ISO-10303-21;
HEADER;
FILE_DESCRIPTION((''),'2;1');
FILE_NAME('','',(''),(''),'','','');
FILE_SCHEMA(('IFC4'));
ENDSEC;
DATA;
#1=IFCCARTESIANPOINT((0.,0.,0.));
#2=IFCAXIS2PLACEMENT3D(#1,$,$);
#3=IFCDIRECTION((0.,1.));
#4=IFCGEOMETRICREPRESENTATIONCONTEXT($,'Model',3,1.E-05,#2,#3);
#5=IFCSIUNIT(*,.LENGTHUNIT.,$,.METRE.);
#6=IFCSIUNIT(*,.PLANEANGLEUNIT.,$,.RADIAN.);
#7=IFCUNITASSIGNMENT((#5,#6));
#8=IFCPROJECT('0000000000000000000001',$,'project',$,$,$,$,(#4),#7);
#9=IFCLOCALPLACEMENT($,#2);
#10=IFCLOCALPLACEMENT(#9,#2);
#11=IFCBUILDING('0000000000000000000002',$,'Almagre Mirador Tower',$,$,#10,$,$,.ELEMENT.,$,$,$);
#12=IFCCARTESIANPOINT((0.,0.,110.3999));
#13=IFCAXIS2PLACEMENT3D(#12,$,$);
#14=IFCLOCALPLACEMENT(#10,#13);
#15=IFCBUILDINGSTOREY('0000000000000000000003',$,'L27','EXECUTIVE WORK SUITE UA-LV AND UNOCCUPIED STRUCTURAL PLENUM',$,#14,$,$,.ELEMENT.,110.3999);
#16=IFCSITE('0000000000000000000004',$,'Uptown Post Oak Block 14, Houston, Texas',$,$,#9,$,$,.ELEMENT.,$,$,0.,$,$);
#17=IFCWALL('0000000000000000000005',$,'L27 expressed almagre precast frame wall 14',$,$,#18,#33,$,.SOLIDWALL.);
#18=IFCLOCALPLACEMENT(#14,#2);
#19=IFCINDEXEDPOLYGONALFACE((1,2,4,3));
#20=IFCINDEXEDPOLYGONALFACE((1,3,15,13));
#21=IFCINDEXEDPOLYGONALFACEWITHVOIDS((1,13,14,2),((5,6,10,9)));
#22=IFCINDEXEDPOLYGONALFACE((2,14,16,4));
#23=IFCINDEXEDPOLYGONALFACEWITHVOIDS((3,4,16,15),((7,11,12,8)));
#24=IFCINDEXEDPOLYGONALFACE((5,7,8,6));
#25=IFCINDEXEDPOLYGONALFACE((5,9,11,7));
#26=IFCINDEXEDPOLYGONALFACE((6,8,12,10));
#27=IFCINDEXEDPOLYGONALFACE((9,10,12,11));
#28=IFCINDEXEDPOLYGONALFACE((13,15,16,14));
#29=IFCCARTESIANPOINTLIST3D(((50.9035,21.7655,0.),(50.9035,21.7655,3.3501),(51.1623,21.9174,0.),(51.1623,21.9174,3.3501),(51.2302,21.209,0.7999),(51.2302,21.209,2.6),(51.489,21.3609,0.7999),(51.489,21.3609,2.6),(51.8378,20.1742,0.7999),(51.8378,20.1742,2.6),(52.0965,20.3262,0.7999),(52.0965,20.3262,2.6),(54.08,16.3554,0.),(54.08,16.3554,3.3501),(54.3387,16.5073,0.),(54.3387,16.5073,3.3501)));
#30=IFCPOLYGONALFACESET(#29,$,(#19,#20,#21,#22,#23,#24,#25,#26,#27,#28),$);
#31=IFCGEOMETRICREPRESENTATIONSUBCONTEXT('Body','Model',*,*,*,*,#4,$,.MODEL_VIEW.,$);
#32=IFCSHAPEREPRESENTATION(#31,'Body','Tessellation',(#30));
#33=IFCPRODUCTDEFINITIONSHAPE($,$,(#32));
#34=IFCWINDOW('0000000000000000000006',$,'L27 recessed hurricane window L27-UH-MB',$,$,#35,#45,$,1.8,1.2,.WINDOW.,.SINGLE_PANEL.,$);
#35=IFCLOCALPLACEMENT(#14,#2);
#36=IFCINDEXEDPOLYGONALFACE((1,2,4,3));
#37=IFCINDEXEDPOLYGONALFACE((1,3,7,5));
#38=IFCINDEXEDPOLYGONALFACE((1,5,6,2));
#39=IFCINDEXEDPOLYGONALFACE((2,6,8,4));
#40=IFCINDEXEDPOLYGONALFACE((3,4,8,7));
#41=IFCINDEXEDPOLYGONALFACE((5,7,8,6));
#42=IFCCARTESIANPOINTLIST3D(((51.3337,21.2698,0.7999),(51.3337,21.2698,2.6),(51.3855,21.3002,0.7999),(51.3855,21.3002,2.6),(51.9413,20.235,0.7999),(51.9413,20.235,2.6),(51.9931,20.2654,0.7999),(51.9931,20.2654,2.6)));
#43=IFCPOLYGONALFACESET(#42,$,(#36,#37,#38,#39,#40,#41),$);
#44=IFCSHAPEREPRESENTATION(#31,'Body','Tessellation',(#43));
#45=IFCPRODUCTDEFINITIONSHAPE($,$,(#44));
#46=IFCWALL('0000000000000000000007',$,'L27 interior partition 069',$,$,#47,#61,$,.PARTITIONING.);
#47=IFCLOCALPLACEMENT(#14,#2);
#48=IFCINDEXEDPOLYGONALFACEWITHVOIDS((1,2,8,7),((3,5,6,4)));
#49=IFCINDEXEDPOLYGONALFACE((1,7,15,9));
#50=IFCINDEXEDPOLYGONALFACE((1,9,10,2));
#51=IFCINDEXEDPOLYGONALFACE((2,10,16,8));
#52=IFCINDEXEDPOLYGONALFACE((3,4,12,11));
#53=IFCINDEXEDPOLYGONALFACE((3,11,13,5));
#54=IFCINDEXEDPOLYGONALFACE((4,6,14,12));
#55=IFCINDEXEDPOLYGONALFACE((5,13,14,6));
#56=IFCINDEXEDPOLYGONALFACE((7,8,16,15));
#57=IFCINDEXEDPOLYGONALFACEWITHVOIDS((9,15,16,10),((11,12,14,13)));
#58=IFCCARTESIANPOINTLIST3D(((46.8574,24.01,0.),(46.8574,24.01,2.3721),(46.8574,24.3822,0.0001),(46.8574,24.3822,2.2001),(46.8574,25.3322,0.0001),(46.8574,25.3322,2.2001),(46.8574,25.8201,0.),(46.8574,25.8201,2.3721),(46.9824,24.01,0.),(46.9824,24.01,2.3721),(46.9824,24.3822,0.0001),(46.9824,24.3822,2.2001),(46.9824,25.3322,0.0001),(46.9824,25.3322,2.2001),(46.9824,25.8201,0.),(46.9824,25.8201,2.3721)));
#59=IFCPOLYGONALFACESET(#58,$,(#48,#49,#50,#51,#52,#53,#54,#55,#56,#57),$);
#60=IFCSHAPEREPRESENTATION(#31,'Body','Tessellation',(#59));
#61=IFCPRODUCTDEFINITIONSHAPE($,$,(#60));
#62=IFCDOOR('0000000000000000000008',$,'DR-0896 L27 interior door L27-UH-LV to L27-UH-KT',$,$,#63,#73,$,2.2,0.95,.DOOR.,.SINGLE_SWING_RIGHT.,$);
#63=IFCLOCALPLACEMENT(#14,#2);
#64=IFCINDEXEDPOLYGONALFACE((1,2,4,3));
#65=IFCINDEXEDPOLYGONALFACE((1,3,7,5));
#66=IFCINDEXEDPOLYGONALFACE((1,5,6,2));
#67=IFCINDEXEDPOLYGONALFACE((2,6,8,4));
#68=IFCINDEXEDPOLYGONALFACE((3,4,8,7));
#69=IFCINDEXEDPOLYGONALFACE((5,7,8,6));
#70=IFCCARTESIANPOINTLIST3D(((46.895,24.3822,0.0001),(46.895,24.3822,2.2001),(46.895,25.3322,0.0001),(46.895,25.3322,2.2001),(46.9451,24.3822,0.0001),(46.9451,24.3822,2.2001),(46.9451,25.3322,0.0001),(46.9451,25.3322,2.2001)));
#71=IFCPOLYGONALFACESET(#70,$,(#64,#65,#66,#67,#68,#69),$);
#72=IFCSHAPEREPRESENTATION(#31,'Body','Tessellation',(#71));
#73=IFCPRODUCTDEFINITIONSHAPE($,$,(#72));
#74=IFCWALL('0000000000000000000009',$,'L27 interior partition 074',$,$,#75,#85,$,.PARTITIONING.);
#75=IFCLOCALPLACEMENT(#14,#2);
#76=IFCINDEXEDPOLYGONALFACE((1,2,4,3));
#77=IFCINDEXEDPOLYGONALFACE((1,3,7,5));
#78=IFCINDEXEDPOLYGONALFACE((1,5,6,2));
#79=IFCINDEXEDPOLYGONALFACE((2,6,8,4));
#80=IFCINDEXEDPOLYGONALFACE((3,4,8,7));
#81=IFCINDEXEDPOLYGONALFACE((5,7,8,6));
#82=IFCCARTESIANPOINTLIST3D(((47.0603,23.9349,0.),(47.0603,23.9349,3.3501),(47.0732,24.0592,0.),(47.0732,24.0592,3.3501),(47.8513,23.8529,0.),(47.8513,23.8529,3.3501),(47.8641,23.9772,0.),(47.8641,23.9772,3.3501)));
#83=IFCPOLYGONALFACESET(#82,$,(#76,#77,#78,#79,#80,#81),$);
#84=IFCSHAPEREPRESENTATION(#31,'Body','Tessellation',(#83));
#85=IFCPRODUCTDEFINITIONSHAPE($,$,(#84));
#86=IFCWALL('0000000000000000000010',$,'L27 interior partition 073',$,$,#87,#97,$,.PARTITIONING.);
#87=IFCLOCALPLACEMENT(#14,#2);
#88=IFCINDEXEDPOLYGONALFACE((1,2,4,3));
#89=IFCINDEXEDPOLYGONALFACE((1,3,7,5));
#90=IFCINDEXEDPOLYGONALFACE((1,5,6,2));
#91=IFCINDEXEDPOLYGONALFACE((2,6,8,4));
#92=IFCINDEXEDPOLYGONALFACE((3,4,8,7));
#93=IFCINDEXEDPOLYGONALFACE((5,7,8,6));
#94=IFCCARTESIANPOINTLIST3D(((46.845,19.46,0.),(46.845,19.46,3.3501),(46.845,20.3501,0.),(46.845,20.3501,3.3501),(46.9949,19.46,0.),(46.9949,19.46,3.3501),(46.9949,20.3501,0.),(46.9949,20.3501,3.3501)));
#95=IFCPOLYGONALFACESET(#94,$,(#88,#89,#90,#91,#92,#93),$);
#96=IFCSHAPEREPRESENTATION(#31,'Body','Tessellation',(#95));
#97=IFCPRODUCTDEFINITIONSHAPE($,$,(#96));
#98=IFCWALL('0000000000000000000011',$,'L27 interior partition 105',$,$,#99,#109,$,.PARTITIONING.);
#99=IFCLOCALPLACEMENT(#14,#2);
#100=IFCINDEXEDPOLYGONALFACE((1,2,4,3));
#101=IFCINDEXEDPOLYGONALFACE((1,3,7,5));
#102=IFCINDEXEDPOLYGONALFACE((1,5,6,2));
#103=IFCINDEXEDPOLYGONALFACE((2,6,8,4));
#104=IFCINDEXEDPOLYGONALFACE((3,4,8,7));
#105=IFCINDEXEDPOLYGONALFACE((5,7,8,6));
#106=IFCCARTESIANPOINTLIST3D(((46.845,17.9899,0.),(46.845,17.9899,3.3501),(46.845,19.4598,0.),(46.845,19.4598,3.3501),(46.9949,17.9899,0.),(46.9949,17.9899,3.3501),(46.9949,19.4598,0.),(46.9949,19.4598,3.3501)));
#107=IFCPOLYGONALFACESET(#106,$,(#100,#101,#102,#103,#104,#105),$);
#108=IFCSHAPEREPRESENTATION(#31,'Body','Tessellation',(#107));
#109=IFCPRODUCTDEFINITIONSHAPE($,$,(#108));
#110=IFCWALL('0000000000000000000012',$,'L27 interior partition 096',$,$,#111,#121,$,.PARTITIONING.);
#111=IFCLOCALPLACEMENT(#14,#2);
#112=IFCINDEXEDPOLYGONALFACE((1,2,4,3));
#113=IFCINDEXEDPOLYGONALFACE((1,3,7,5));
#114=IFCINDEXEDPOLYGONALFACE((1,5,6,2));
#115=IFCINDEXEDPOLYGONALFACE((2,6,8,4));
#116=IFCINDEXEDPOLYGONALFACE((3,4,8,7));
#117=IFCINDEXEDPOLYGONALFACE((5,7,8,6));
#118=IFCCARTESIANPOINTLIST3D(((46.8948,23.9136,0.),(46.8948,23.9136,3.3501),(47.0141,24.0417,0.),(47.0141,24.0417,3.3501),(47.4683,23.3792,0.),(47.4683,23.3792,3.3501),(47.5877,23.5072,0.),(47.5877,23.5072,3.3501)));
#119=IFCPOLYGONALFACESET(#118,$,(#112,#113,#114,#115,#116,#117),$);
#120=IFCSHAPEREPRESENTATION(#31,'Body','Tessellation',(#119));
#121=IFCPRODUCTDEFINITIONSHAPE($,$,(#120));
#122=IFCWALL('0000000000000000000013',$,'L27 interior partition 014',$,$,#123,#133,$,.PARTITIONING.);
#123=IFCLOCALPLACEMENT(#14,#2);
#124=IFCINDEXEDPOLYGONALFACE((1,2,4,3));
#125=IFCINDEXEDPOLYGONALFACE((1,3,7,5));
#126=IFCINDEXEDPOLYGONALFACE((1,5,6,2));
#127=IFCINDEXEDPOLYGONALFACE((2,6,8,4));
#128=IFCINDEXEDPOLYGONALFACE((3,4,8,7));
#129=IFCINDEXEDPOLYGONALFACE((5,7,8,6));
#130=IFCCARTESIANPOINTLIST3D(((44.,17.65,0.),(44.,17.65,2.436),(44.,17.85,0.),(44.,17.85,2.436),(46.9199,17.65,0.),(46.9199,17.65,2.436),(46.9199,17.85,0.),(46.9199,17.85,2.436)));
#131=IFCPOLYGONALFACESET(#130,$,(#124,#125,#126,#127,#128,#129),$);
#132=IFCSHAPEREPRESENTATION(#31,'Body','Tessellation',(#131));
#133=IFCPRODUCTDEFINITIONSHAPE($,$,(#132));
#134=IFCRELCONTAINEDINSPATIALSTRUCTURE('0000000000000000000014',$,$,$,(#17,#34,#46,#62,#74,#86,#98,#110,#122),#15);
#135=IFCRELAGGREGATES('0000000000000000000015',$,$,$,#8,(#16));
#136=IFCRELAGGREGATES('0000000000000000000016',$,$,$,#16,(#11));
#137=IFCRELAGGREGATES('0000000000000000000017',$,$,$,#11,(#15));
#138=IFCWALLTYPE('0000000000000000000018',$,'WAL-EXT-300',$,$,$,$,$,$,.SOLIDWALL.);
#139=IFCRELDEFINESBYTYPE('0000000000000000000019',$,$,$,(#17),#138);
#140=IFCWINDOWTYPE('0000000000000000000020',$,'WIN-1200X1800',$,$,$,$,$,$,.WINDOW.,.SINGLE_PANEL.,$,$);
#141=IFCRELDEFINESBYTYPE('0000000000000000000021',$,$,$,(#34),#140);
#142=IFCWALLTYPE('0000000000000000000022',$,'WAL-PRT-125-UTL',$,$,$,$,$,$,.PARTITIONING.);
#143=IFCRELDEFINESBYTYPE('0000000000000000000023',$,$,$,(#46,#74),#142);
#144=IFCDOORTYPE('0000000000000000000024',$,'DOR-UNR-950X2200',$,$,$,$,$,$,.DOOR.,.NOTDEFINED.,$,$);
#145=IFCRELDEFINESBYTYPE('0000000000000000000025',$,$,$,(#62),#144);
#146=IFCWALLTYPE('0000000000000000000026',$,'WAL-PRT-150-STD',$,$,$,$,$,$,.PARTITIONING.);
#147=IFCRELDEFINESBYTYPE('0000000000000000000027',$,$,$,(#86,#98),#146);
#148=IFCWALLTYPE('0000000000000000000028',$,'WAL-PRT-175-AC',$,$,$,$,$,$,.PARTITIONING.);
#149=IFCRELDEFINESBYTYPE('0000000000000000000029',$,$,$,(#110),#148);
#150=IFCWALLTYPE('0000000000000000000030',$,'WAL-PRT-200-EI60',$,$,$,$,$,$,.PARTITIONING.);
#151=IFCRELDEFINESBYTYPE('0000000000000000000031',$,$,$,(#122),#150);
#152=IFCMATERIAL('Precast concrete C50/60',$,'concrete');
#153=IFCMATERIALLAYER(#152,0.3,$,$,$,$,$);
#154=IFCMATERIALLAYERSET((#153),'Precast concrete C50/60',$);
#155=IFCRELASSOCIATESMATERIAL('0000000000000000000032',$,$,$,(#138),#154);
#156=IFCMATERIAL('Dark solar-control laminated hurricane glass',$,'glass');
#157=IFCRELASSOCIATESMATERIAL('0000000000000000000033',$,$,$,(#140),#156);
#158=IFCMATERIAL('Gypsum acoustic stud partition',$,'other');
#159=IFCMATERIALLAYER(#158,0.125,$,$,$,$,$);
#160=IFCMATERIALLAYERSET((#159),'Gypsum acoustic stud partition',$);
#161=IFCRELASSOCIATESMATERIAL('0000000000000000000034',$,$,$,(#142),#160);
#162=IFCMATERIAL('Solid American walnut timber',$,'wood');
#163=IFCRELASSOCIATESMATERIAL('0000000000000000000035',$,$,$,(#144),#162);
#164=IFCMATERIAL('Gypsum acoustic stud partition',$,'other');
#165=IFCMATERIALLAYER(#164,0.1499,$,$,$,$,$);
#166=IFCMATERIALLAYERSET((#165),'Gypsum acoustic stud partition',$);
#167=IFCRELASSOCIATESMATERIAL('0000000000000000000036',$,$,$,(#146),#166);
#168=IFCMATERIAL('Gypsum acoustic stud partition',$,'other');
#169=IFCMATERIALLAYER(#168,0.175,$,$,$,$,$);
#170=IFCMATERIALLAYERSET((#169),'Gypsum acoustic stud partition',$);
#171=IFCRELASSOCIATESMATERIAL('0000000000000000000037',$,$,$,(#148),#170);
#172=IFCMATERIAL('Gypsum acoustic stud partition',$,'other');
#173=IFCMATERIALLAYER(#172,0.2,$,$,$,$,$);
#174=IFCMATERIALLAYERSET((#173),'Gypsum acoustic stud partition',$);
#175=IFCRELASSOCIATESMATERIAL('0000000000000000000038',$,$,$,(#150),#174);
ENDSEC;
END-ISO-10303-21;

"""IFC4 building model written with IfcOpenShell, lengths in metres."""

from ifc_helpers import new_model, si_unit, direction, frame, frame_2d, origin, place, context, subcontext, project, spatial, rectangle, extrude, material, layer, layer_set, type_object, element, fill, save


model = new_model("IFC4")

# Units and contexts
model_context = context("Model", 3, precision=1e-05, world=origin(), true_north=direction((0.0, 1.0)))
body_context = subcontext(model_context, "Body", "Model", "MODEL_VIEW")
ifc_project = project(units=[si_unit("LENGTHUNIT", "METRE"), si_unit("PLANEANGLEUNIT", "RADIAN")], contexts=[model_context])

# Site, building, storey
site_placement = place(None, origin())
site = spatial("IfcSite", under=ifc_project, at=site_placement, Name="Uptown Post Oak Block 14, Houston, Texas", CompositionType="ELEMENT", RefElevation=0.0)
building_placement = place(site_placement, origin())
building = spatial("IfcBuilding", under=site, at=building_placement, Name="Almagre Mirador Tower", CompositionType="ELEMENT")
storey_placement = place(building_placement, frame((0.0, 0.0, 110.3999)))
storey = spatial("IfcBuildingStorey", under=building, at=storey_placement, Name="L27", Description="EXECUTIVE WORK SUITE UA-LV AND UNOCCUPIED STRUCTURAL PLENUM", CompositionType="ELEMENT", Elevation=110.3999)

# Shared definitions
ifc_material_1 = material(Name="Precast concrete C50/60", Category="concrete")
ifc_layer_1 = layer(ifc_material_1, 0.3)
ifc_layer_set_1 = layer_set([ifc_layer_1], Name="Precast concrete C50/60")
wall_type_1 = type_object("IfcWallType", Name="WAL-EXT-300", PredefinedType="SOLIDWALL", material=ifc_layer_set_1)

# Wall, opening, window
wall_1_placement = place(storey_placement, frame((51.033, 21.8413, 0.0), z_axis=(0.0, 0.0, 1.0), x_axis=(0.506318, -0.862347, 0.0)))
wall_1 = element("IfcWall", 1, at=wall_1_placement, inside=storey, type_object=wall_type_1, Name="L27 expressed almagre precast frame wall 14", PredefinedType="SOLIDWALL", context=body_context, shape_type="SweptSolid", body=[
    extrude(rectangle(XDim=6.2737, YDim=0.3, at=frame_2d((3.1367, 0.0))), origin(), (0.0, 0.0, 1.0), 3.3501),
])
opening_1_placement = place(wall_1_placement, frame((0.645, 0.0, 0.8)))
opening_1 = element("IfcOpeningElement", 2, at=opening_1_placement, cuts=wall_1, PredefinedType="OPENING", context=body_context, shape_type="SweptSolid", body=[
    extrude(rectangle(XDim=1.2, YDim=1.8, at=frame_2d((0.6001, 0.8999))), frame((0.0, 0.1599, 0.0), z_axis=(0.0, -1.0, 0.0), x_axis=(1.0, 0.0, 0.0)), (0.0, 0.0, 1.0), 0.32),
])
ifc_material_2 = material(Name="Dark solar-control laminated hurricane glass", Category="glass")
window_type = type_object("IfcWindowType", Name="WIN-1200X1800", PartitioningType="SINGLE_PANEL", PredefinedType="WINDOW", material=ifc_material_2)
window_placement = place(opening_1_placement, origin())
window = element("IfcWindow", 3, at=window_placement, inside=storey, type_object=window_type, Name="L27 recessed hurricane window L27-UH-MB", OverallHeight=1.8, OverallWidth=1.2, PartitioningType="SINGLE_PANEL", PredefinedType="WINDOW", context=body_context, shape_type="SweptSolid", body=[
    extrude(rectangle(XDim=1.2, YDim=1.8, at=frame_2d((0.6001, 0.8999))), frame((0.0, 0.03, 0.0), z_axis=(0.0, -1.0, 0.0), x_axis=(1.0, 0.0, 0.0)), (0.0, 0.0, 1.0), 0.0601),
])
fill(opening_1, window)

# Wall, opening, door
ifc_material_3 = material(Name="Gypsum acoustic stud partition", Category="other")
ifc_layer_2 = layer(ifc_material_3, 0.125)
ifc_layer_set_2 = layer_set([ifc_layer_2], Name="Gypsum acoustic stud partition")
wall_type_2 = type_object("IfcWallType", Name="WAL-PRT-125-UTL", PredefinedType="PARTITIONING", material=ifc_layer_set_2)
wall_2_placement = place(storey_placement, frame((46.9199, 24.01, 0.0), z_axis=(0.0, 0.0, 1.0), x_axis=(0.0, 1.0, 0.0)))
wall_2 = element("IfcWall", 4, at=wall_2_placement, inside=storey, type_object=wall_type_2, Name="L27 interior partition 069", PredefinedType="PARTITIONING", context=body_context, shape_type="SweptSolid", body=[
    extrude(rectangle(XDim=1.8101, YDim=0.125, at=frame_2d((0.905, 0.0))), origin(), (0.0, 0.0, 1.0), 2.3721),
])
opening_2_placement = place(wall_2_placement, frame((0.3721, 0.0, 0.0)))
opening_2 = element("IfcOpeningElement", 5, at=opening_2_placement, cuts=wall_2, PredefinedType="OPENING", context=body_context, shape_type="SweptSolid", body=[
    extrude(rectangle(XDim=0.95, YDim=2.2, at=frame_2d((0.4751, 1.1001))), frame((0.0, 0.0725, 0.0), z_axis=(0.0, -1.0, 0.0), x_axis=(1.0, 0.0, 0.0)), (0.0, 0.0, 1.0), 0.145),
])
ifc_material_4 = material(Name="Solid American walnut timber", Category="wood")
door_type_1 = type_object("IfcDoorType", Name="DOR-UNR-950X2200", OperationType="NOTDEFINED", PredefinedType="DOOR", material=ifc_material_4)
door_1_placement = place(opening_2_placement, origin())
door_1 = element("IfcDoor", 6, at=door_1_placement, inside=storey, type_object=door_type_1, Name="DR-0896 L27 interior door L27-UH-LV to L27-UH-KT", OperationType="SINGLE_SWING_RIGHT", OverallHeight=2.2, OverallWidth=0.95, PredefinedType="DOOR", context=body_context, shape_type="SweptSolid", body=[
    extrude(rectangle(XDim=0.95, YDim=2.2, at=frame_2d((0.4751, 1.1001))), frame((0.0, 0.0249, 0.0), z_axis=(0.0, -1.0, 0.0), x_axis=(1.0, 0.0, 0.0)), (0.0, 0.0, 1.0), 0.05),
])
fill(opening_2, door_1)

# Wall
wall_3_placement = place(storey_placement, frame((47.0669, 23.9971, 0.0), z_axis=(0.0, 0.0, 1.0), x_axis=(0.994666, -0.103151, 0.0)))
element("IfcWall", 7, at=wall_3_placement, inside=storey, type_object=wall_type_2, Name="L27 interior partition 074", PredefinedType="PARTITIONING", context=body_context, shape_type="SweptSolid", body=[
    extrude(rectangle(XDim=0.7952, YDim=0.125, at=frame_2d((0.3975, 0.0))), origin(), (0.0, 0.0, 1.0), 3.3501),
])

# Shared definitions
ifc_material_5 = material(Name="Gypsum acoustic stud partition", Category="other")
ifc_layer_3 = layer(ifc_material_5, 0.1499)
ifc_layer_set_3 = layer_set([ifc_layer_3], Name="Gypsum acoustic stud partition")
wall_type_3 = type_object("IfcWallType", Name="WAL-PRT-150-STD", PredefinedType="PARTITIONING", material=ifc_layer_set_3)

# Walls
wall_4_placement = place(storey_placement, frame((46.9199, 19.46, 0.0), z_axis=(0.0, 0.0, 1.0), x_axis=(0.0, 1.0, 0.0)))
element("IfcWall", 8, at=wall_4_placement, inside=storey, type_object=wall_type_3, Name="L27 interior partition 073", PredefinedType="PARTITIONING", context=body_context, shape_type="SweptSolid", body=[
    extrude(rectangle(XDim=0.8901, YDim=0.1499, at=frame_2d((0.4451, 0.0))), origin(), (0.0, 0.0, 1.0), 3.3501),
])
wall_5_placement = place(storey_placement, frame((46.9199, 17.99, 0.0), z_axis=(0.0, 0.0, 1.0), x_axis=(0.0, 1.0, 0.0)))
element("IfcWall", 9, at=wall_5_placement, inside=storey, type_object=wall_type_3, Name="L27 interior partition 105", PredefinedType="PARTITIONING", context=body_context, shape_type="SweptSolid", body=[
    extrude(rectangle(XDim=1.47, YDim=0.1499, at=frame_2d((0.7349, 0.0))), origin(), (0.0, 0.0, 1.0), 3.3501),
])
ifc_material_6 = material(Name="Gypsum acoustic stud partition", Category="other")
ifc_layer_4 = layer(ifc_material_6, 0.175)
ifc_layer_set_4 = layer_set([ifc_layer_4], Name="Gypsum acoustic stud partition")
wall_type_4 = type_object("IfcWallType", Name="WAL-PRT-175-AC", PredefinedType="PARTITIONING", material=ifc_layer_set_4)
wall_6_placement = place(storey_placement, frame((47.5281, 23.4431, 0.0), z_axis=(0.0, 0.0, 1.0), x_axis=(-0.731583, 0.681752, 0.0)))
element("IfcWall", 10, at=wall_6_placement, inside=storey, type_object=wall_type_4, Name="L27 interior partition 096", PredefinedType="PARTITIONING", context=body_context, shape_type="SweptSolid", body=[
    extrude(rectangle(XDim=0.7839, YDim=0.175, at=frame_2d((0.3921, 0.0))), origin(), (0.0, 0.0, 1.0), 3.3501),
])
ifc_material_7 = material(Name="Gypsum acoustic stud partition", Category="other")
ifc_layer_5 = layer(ifc_material_7, 0.2)
ifc_layer_set_5 = layer_set([ifc_layer_5], Name="Gypsum acoustic stud partition")
wall_type_5 = type_object("IfcWallType", Name="WAL-PRT-200-EI60", PredefinedType="PARTITIONING", material=ifc_layer_set_5)
wall_7_placement = place(storey_placement, frame((46.9199, 17.75, 0.0), z_axis=(0.0, 0.0, 1.0), x_axis=(-1.0, 0.0, 0.0)))
element("IfcWall", 11, at=wall_7_placement, inside=storey, type_object=wall_type_5, Name="L27 interior partition 014", PredefinedType="PARTITIONING", context=body_context, shape_type="SweptSolid", body=[
    extrude(rectangle(XDim=2.9199, YDim=0.2, at=frame_2d((1.46, 0.0))), origin(), (0.0, 0.0, 1.0), 2.436),
])

save(model, "model.ifc")
